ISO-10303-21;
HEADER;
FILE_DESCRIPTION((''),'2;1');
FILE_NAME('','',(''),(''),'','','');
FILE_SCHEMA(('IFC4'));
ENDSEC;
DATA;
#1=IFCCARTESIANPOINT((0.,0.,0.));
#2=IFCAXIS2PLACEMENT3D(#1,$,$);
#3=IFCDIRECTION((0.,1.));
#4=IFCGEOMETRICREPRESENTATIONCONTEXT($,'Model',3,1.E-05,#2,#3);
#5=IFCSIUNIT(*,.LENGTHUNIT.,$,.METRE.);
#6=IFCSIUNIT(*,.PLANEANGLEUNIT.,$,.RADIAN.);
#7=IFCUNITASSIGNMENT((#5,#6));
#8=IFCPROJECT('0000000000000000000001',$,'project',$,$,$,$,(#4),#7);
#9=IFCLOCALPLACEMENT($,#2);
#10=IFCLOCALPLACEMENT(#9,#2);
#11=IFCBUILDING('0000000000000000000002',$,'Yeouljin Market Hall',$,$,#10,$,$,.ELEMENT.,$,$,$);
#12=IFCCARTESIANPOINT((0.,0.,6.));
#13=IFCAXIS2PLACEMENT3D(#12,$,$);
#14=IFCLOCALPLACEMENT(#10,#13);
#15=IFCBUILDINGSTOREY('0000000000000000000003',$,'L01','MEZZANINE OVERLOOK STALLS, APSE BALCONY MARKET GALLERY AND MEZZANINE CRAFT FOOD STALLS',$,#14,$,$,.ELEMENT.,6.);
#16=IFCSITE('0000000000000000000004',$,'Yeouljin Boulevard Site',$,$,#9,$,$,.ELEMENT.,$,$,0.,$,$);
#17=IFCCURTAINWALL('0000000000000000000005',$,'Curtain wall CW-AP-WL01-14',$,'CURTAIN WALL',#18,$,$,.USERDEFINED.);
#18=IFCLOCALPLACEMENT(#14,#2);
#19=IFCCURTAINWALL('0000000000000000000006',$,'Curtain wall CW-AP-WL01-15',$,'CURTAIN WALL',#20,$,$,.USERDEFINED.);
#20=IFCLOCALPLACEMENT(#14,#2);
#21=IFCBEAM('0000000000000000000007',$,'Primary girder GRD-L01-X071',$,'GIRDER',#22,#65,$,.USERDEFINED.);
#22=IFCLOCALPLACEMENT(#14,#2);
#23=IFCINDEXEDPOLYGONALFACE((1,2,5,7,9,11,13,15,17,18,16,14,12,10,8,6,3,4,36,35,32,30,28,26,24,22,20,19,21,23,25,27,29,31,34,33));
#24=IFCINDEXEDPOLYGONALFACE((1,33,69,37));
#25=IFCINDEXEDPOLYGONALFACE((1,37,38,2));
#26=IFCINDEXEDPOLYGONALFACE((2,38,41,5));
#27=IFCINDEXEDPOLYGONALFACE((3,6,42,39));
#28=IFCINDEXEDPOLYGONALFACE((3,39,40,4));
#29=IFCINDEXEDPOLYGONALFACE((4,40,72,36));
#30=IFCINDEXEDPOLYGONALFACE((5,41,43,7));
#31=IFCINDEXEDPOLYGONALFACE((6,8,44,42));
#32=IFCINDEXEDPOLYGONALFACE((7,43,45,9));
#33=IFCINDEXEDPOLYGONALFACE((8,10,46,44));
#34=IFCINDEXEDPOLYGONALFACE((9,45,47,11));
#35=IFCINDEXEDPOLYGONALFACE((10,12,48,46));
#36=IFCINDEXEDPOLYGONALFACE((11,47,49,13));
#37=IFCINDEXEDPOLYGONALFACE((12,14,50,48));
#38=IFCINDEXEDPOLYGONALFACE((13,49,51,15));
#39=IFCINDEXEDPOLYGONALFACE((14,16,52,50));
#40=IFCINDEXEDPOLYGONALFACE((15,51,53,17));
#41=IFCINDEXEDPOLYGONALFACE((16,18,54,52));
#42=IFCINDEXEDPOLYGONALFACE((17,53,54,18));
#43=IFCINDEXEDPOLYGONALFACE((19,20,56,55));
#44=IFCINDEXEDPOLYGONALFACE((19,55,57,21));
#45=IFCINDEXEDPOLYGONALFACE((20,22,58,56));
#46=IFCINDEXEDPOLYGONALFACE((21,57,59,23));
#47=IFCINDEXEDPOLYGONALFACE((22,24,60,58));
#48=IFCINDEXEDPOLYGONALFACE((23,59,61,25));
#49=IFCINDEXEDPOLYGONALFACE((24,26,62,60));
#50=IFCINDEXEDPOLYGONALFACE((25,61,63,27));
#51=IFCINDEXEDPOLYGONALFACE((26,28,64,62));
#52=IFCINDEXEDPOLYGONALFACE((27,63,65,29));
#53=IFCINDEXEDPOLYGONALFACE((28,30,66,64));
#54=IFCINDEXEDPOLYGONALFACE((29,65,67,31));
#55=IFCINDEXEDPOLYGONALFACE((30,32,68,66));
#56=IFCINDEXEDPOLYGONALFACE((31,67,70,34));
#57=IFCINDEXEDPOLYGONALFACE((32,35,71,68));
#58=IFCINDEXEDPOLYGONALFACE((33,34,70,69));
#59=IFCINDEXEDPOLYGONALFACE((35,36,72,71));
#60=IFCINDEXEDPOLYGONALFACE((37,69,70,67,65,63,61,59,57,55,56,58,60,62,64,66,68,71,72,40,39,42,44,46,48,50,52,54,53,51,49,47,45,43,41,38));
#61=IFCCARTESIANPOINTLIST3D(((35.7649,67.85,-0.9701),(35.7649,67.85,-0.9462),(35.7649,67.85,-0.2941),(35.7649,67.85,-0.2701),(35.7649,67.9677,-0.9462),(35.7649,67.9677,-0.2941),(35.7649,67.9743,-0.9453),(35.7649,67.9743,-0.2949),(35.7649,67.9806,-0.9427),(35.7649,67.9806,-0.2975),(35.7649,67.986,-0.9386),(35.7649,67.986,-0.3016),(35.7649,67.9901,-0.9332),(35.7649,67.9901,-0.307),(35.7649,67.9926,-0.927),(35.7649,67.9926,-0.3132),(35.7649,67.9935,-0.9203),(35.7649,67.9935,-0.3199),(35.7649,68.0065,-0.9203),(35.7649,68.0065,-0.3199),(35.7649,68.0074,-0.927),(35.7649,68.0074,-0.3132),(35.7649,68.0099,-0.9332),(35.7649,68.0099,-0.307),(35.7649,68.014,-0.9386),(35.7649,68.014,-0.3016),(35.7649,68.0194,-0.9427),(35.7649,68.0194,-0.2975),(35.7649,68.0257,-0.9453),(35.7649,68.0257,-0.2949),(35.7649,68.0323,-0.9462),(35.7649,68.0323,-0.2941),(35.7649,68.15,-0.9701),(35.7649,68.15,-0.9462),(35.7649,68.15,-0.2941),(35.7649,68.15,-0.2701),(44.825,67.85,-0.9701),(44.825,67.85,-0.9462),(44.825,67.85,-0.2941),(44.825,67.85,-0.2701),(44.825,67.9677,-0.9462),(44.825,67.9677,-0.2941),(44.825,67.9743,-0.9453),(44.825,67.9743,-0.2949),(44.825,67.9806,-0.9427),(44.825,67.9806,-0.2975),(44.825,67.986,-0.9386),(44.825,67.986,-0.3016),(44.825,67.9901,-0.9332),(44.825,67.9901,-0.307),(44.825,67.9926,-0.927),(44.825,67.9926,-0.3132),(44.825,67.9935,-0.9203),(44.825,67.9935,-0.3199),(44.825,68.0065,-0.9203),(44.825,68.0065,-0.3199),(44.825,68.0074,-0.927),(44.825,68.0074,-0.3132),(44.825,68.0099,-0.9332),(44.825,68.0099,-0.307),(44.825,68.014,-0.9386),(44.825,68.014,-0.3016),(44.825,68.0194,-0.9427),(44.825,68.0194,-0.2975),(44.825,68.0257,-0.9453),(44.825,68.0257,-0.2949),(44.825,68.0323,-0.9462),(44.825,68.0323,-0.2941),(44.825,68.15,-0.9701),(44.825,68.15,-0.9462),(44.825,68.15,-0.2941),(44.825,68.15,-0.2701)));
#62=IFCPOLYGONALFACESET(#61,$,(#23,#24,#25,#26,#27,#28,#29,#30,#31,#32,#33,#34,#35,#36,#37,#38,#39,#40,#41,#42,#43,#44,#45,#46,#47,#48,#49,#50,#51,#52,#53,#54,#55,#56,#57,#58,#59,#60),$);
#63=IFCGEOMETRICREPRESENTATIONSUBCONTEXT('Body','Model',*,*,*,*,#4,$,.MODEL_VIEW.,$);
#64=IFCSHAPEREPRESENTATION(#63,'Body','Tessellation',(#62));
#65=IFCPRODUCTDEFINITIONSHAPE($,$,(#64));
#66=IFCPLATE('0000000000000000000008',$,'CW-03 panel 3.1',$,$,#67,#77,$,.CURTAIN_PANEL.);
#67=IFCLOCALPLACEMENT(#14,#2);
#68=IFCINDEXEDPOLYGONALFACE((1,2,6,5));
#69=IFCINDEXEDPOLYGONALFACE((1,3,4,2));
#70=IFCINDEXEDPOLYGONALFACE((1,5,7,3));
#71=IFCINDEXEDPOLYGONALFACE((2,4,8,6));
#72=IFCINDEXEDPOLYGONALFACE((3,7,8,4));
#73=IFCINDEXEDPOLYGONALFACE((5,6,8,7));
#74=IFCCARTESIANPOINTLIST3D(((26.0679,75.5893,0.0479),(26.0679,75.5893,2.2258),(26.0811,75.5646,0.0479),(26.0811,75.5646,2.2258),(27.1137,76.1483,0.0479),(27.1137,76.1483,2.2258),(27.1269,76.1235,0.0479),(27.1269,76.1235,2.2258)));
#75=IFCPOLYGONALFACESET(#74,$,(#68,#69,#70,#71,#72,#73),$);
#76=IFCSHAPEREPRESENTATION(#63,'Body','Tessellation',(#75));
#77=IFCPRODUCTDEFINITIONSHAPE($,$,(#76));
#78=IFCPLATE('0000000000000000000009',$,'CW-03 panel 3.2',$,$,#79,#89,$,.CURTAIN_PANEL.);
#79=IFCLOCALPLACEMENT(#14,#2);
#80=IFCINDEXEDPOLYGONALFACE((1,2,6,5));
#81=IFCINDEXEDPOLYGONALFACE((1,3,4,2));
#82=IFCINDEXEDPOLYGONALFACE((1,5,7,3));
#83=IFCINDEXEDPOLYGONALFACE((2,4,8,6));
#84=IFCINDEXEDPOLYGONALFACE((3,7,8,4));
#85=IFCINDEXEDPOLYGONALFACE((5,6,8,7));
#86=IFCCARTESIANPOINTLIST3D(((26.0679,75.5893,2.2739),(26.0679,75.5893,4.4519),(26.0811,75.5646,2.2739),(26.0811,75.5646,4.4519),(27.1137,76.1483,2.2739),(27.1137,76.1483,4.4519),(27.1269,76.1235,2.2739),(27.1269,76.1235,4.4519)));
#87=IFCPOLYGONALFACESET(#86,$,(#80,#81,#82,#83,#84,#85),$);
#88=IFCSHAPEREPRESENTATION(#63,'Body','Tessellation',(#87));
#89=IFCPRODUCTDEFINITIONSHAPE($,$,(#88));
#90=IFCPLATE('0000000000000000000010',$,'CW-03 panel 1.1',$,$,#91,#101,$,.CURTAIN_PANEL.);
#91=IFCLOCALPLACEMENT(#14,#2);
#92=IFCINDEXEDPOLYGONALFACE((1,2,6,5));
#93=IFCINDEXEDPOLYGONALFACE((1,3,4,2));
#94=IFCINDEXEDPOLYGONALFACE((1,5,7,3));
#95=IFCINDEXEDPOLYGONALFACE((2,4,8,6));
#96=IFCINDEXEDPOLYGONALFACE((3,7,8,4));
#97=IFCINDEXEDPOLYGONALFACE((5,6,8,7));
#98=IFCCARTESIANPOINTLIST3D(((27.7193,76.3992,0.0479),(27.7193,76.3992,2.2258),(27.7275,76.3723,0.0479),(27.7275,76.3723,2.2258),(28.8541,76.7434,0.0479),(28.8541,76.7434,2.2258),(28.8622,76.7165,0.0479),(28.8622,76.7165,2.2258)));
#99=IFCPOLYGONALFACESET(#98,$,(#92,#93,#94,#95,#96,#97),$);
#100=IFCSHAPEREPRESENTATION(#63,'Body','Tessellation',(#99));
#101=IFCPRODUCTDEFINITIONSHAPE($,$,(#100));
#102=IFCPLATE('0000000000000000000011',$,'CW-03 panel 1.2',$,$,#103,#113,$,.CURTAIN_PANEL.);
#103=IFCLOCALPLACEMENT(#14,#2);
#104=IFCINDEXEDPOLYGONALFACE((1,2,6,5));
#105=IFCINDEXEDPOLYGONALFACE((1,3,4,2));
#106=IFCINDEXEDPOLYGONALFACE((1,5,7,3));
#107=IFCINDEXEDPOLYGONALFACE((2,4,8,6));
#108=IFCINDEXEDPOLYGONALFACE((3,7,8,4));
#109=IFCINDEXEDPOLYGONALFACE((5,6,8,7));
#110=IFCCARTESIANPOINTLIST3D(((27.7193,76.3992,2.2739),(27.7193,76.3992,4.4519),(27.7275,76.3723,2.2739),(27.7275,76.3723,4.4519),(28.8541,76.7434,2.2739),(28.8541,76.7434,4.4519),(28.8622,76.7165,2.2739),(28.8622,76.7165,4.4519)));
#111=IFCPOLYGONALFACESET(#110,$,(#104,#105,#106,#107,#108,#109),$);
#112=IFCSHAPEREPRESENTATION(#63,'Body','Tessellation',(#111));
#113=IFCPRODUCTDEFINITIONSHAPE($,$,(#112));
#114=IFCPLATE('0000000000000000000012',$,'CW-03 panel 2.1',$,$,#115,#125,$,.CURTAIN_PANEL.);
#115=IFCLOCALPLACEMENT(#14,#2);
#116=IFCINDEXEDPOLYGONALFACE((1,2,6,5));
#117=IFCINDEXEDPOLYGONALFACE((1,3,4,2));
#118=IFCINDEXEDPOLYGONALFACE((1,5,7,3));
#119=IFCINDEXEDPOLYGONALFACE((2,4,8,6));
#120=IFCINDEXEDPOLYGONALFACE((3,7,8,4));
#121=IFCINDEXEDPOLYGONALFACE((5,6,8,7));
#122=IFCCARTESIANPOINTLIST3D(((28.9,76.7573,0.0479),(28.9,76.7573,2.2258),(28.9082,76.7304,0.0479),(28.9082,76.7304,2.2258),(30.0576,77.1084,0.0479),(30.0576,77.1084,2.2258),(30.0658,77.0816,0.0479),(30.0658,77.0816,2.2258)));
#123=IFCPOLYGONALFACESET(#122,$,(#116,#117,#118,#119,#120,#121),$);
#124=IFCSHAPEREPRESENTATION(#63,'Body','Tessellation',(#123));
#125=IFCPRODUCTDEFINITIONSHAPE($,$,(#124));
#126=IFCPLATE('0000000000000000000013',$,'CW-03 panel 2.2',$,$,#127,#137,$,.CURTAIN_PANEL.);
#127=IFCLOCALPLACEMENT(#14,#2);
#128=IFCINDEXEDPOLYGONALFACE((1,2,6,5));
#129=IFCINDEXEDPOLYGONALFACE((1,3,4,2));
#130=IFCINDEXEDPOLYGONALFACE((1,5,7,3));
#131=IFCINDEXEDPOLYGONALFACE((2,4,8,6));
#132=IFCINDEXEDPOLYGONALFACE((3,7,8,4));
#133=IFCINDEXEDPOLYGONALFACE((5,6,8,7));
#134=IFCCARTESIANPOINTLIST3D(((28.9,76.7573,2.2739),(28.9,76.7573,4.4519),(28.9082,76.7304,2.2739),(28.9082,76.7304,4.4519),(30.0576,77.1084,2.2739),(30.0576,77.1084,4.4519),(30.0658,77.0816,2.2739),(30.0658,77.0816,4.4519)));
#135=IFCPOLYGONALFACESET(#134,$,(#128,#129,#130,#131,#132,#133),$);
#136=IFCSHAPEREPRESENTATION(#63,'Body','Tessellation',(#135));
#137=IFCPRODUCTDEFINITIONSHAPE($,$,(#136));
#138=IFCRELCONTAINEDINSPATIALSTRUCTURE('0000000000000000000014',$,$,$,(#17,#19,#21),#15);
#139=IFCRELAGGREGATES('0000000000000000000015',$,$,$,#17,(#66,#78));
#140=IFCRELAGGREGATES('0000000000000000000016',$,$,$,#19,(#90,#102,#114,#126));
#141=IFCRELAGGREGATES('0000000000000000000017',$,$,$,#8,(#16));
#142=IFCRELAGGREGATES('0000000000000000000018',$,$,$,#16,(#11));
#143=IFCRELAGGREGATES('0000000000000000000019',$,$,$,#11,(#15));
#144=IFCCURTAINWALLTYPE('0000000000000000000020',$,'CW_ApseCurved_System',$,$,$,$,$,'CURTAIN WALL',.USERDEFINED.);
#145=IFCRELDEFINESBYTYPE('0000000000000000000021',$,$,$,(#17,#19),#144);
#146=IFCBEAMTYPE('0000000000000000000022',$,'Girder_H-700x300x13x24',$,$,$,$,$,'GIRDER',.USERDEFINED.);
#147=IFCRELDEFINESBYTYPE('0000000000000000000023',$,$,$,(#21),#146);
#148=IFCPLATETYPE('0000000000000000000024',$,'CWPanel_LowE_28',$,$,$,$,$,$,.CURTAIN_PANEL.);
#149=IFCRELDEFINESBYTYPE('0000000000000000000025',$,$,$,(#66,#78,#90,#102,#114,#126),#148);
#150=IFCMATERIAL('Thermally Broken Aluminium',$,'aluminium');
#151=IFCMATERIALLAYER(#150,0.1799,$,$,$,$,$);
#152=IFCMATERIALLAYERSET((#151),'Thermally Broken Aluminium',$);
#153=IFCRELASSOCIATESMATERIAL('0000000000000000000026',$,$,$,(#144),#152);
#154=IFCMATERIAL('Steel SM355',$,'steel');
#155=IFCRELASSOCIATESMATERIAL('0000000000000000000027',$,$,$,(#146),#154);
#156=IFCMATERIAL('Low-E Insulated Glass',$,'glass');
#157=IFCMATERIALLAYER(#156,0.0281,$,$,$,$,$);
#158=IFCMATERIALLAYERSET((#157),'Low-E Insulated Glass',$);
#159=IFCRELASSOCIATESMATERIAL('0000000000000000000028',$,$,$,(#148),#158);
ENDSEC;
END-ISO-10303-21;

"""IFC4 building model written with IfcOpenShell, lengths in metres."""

from ifc_helpers import new_model, si_unit, direction, frame, origin, origin_2d, place, context, subcontext, project, spatial, rectangle, i_section, extrude, material, layer, layer_set, material_profile, profile_set, type_object, element, aggregate, save


model = new_model("IFC4")

# Units and contexts
model_context = context("Model", 3, precision=1e-05, world=origin(), true_north=direction((0.0, 1.0)))
body_context = subcontext(model_context, "Body", "Model", "MODEL_VIEW")
ifc_project = project(units=[si_unit("LENGTHUNIT", "METRE"), si_unit("PLANEANGLEUNIT", "RADIAN")], contexts=[model_context])

# Site, building, storey
site_placement = place(None, origin())
site = spatial("IfcSite", under=ifc_project, at=site_placement, Name="Yeouljin Boulevard Site", CompositionType="ELEMENT", RefElevation=0.0)
building_placement = place(site_placement, origin())
building = spatial("IfcBuilding", under=site, at=building_placement, Name="Yeouljin Market Hall", CompositionType="ELEMENT")
storey_placement = place(building_placement, frame((0.0, 0.0, 6.0)))
storey = spatial("IfcBuildingStorey", under=building, at=storey_placement, Name="L01", Description="MEZZANINE OVERLOOK STALLS, APSE BALCONY MARKET GALLERY AND MEZZANINE CRAFT FOOD STALLS", CompositionType="ELEMENT", Elevation=6.0)

# Curtain wall
ifc_material_1 = material(Name="Thermally Broken Aluminium", Category="aluminium")
ifc_layer_1 = layer(ifc_material_1, 0.1799)
ifc_layer_set_1 = layer_set([ifc_layer_1], Name="Thermally Broken Aluminium")
curtain_wall_type = type_object("IfcCurtainWallType", Name="CW_ApseCurved_System", ElementType="CURTAIN WALL", PredefinedType="USERDEFINED", material=ifc_layer_set_1)
curtain_wall_1_placement = place(storey_placement, origin())
curtain_wall_1 = element("IfcCurtainWall", 1, at=curtain_wall_1_placement, inside=storey, type_object=curtain_wall_type, Name="Curtain wall CW-AP-WL01-14", ObjectType="CURTAIN WALL", PredefinedType="USERDEFINED")

# Curtain wall
curtain_wall_2_placement = place(storey_placement, origin())
curtain_wall_2 = element("IfcCurtainWall", 2, at=curtain_wall_2_placement, inside=storey, type_object=curtain_wall_type, Name="Curtain wall CW-AP-WL01-15", ObjectType="CURTAIN WALL", PredefinedType="USERDEFINED")

# Beam
ifc_material_2 = material(Name="Steel SM355", Category="steel")
ifc_material_profile_1 = material_profile(ifc_material_2, i_section(OverallWidth=0.3, OverallDepth=0.7, WebThickness=0.0129, FlangeThickness=0.0239, FilletRadius=0.0259, at=origin_2d()), Name="H-700x300x13x24")
ifc_profile_set_1 = profile_set([ifc_material_profile_1], Name="Steel SM355")
beam_type_1 = type_object("IfcBeamType", Name="Girder_H-700x300x13x24", ElementType="GIRDER", PredefinedType="USERDEFINED", material=ifc_profile_set_1)
beam_1_placement = place(storey_placement, frame((35.7649, 68.0, -0.6201), z_axis=(1.0, 0.0, 0.0), x_axis=(0.0, 1.0, 0.0)))
element("IfcBeam", 3, at=beam_1_placement, inside=storey, type_object=beam_type_1, Name="Primary girder GRD-L01-X071", ObjectType="GIRDER", PredefinedType="USERDEFINED", context=body_context, shape_type="SweptSolid", body=[
    extrude(i_section(OverallWidth=0.3, OverallDepth=0.7, WebThickness=0.0129, FlangeThickness=0.0239, FilletRadius=0.0259, at=origin_2d()), origin(), (0.0, 0.0, 1.0), 9.0601),
])

# Plates
ifc_material_3 = material(Name="Low-E Insulated Glass", Category="glass")
ifc_layer_2 = layer(ifc_material_3, 0.0281)
ifc_layer_set_2 = layer_set([ifc_layer_2], Name="Low-E Insulated Glass")
plate_type = type_object("IfcPlateType", Name="CWPanel_LowE_28", PredefinedType="CURTAIN_PANEL", material=ifc_layer_set_2)
plate_1_placement = place(storey_placement, frame((26.5974, 75.8564, 0.0479), z_axis=(0.0, 0.0, 1.0), x_axis=(0.881931, 0.471378, 0.0)))
plate_1 = element("IfcPlate", 4, at=plate_1_placement, type_object=plate_type, Name="CW-03 panel 3.1", PredefinedType="CURTAIN_PANEL", context=body_context, shape_type="SweptSolid", body=[
    extrude(rectangle(XDim=1.1858, YDim=0.0281, at=origin_2d()), origin(), (0.0, 0.0, 1.0), 2.178),
])
plate_2_placement = place(storey_placement, frame((26.5974, 75.8564, 2.2739), z_axis=(0.0, 0.0, 1.0), x_axis=(0.881931, 0.471378, 0.0)))
plate_2 = element("IfcPlate", 5, at=plate_2_placement, type_object=plate_type, Name="CW-03 panel 3.2", PredefinedType="CURTAIN_PANEL", context=body_context, shape_type="SweptSolid", body=[
    extrude(rectangle(XDim=1.1858, YDim=0.0281, at=origin_2d()), origin(), (0.0, 0.0, 1.0), 2.178),
])
aggregate(curtain_wall_1, [plate_1, plate_2])
plate_3_placement = place(storey_placement, frame((28.2908, 76.5579, 0.0479), z_axis=(0.0, 0.0, 1.0), x_axis=(0.95694, 0.290286, 0.0)))
plate_3 = element("IfcPlate", 6, at=plate_3_placement, type_object=plate_type, Name="CW-03 panel 1.1", PredefinedType="CURTAIN_PANEL", context=body_context, shape_type="SweptSolid", body=[
    extrude(rectangle(XDim=1.1858, YDim=0.0281, at=origin_2d()), origin(), (0.0, 0.0, 1.0), 2.178),
])
plate_4_placement = place(storey_placement, frame((28.2908, 76.5579, 2.2739), z_axis=(0.0, 0.0, 1.0), x_axis=(0.95694, 0.290286, 0.0)))
plate_4 = element("IfcPlate", 7, at=plate_4_placement, type_object=plate_type, Name="CW-03 panel 1.2", PredefinedType="CURTAIN_PANEL", context=body_context, shape_type="SweptSolid", body=[
    extrude(rectangle(XDim=1.1858, YDim=0.0281, at=origin_2d()), origin(), (0.0, 0.0, 1.0), 2.178),
])
plate_5_placement = place(storey_placement, frame((29.4829, 76.9194, 0.0479), z_axis=(0.0, 0.0, 1.0), x_axis=(0.95694, 0.290286, 0.0)))
plate_5 = element("IfcPlate", 8, at=plate_5_placement, type_object=plate_type, Name="CW-03 panel 2.1", PredefinedType="CURTAIN_PANEL", context=body_context, shape_type="SweptSolid", body=[
    extrude(rectangle(XDim=1.2097, YDim=0.0281, at=origin_2d()), origin(), (0.0, 0.0, 1.0), 2.178),
])
plate_6_placement = place(storey_placement, frame((29.4829, 76.9194, 2.2739), z_axis=(0.0, 0.0, 1.0), x_axis=(0.95694, 0.290286, 0.0)))
plate_6 = element("IfcPlate", 9, at=plate_6_placement, type_object=plate_type, Name="CW-03 panel 2.2", PredefinedType="CURTAIN_PANEL", context=body_context, shape_type="SweptSolid", body=[
    extrude(rectangle(XDim=1.2097, YDim=0.0281, at=origin_2d()), origin(), (0.0, 0.0, 1.0), 2.178),
])
aggregate(curtain_wall_2, [plate_3, plate_4, plate_5, plate_6])

save(model, "model.ifc")
